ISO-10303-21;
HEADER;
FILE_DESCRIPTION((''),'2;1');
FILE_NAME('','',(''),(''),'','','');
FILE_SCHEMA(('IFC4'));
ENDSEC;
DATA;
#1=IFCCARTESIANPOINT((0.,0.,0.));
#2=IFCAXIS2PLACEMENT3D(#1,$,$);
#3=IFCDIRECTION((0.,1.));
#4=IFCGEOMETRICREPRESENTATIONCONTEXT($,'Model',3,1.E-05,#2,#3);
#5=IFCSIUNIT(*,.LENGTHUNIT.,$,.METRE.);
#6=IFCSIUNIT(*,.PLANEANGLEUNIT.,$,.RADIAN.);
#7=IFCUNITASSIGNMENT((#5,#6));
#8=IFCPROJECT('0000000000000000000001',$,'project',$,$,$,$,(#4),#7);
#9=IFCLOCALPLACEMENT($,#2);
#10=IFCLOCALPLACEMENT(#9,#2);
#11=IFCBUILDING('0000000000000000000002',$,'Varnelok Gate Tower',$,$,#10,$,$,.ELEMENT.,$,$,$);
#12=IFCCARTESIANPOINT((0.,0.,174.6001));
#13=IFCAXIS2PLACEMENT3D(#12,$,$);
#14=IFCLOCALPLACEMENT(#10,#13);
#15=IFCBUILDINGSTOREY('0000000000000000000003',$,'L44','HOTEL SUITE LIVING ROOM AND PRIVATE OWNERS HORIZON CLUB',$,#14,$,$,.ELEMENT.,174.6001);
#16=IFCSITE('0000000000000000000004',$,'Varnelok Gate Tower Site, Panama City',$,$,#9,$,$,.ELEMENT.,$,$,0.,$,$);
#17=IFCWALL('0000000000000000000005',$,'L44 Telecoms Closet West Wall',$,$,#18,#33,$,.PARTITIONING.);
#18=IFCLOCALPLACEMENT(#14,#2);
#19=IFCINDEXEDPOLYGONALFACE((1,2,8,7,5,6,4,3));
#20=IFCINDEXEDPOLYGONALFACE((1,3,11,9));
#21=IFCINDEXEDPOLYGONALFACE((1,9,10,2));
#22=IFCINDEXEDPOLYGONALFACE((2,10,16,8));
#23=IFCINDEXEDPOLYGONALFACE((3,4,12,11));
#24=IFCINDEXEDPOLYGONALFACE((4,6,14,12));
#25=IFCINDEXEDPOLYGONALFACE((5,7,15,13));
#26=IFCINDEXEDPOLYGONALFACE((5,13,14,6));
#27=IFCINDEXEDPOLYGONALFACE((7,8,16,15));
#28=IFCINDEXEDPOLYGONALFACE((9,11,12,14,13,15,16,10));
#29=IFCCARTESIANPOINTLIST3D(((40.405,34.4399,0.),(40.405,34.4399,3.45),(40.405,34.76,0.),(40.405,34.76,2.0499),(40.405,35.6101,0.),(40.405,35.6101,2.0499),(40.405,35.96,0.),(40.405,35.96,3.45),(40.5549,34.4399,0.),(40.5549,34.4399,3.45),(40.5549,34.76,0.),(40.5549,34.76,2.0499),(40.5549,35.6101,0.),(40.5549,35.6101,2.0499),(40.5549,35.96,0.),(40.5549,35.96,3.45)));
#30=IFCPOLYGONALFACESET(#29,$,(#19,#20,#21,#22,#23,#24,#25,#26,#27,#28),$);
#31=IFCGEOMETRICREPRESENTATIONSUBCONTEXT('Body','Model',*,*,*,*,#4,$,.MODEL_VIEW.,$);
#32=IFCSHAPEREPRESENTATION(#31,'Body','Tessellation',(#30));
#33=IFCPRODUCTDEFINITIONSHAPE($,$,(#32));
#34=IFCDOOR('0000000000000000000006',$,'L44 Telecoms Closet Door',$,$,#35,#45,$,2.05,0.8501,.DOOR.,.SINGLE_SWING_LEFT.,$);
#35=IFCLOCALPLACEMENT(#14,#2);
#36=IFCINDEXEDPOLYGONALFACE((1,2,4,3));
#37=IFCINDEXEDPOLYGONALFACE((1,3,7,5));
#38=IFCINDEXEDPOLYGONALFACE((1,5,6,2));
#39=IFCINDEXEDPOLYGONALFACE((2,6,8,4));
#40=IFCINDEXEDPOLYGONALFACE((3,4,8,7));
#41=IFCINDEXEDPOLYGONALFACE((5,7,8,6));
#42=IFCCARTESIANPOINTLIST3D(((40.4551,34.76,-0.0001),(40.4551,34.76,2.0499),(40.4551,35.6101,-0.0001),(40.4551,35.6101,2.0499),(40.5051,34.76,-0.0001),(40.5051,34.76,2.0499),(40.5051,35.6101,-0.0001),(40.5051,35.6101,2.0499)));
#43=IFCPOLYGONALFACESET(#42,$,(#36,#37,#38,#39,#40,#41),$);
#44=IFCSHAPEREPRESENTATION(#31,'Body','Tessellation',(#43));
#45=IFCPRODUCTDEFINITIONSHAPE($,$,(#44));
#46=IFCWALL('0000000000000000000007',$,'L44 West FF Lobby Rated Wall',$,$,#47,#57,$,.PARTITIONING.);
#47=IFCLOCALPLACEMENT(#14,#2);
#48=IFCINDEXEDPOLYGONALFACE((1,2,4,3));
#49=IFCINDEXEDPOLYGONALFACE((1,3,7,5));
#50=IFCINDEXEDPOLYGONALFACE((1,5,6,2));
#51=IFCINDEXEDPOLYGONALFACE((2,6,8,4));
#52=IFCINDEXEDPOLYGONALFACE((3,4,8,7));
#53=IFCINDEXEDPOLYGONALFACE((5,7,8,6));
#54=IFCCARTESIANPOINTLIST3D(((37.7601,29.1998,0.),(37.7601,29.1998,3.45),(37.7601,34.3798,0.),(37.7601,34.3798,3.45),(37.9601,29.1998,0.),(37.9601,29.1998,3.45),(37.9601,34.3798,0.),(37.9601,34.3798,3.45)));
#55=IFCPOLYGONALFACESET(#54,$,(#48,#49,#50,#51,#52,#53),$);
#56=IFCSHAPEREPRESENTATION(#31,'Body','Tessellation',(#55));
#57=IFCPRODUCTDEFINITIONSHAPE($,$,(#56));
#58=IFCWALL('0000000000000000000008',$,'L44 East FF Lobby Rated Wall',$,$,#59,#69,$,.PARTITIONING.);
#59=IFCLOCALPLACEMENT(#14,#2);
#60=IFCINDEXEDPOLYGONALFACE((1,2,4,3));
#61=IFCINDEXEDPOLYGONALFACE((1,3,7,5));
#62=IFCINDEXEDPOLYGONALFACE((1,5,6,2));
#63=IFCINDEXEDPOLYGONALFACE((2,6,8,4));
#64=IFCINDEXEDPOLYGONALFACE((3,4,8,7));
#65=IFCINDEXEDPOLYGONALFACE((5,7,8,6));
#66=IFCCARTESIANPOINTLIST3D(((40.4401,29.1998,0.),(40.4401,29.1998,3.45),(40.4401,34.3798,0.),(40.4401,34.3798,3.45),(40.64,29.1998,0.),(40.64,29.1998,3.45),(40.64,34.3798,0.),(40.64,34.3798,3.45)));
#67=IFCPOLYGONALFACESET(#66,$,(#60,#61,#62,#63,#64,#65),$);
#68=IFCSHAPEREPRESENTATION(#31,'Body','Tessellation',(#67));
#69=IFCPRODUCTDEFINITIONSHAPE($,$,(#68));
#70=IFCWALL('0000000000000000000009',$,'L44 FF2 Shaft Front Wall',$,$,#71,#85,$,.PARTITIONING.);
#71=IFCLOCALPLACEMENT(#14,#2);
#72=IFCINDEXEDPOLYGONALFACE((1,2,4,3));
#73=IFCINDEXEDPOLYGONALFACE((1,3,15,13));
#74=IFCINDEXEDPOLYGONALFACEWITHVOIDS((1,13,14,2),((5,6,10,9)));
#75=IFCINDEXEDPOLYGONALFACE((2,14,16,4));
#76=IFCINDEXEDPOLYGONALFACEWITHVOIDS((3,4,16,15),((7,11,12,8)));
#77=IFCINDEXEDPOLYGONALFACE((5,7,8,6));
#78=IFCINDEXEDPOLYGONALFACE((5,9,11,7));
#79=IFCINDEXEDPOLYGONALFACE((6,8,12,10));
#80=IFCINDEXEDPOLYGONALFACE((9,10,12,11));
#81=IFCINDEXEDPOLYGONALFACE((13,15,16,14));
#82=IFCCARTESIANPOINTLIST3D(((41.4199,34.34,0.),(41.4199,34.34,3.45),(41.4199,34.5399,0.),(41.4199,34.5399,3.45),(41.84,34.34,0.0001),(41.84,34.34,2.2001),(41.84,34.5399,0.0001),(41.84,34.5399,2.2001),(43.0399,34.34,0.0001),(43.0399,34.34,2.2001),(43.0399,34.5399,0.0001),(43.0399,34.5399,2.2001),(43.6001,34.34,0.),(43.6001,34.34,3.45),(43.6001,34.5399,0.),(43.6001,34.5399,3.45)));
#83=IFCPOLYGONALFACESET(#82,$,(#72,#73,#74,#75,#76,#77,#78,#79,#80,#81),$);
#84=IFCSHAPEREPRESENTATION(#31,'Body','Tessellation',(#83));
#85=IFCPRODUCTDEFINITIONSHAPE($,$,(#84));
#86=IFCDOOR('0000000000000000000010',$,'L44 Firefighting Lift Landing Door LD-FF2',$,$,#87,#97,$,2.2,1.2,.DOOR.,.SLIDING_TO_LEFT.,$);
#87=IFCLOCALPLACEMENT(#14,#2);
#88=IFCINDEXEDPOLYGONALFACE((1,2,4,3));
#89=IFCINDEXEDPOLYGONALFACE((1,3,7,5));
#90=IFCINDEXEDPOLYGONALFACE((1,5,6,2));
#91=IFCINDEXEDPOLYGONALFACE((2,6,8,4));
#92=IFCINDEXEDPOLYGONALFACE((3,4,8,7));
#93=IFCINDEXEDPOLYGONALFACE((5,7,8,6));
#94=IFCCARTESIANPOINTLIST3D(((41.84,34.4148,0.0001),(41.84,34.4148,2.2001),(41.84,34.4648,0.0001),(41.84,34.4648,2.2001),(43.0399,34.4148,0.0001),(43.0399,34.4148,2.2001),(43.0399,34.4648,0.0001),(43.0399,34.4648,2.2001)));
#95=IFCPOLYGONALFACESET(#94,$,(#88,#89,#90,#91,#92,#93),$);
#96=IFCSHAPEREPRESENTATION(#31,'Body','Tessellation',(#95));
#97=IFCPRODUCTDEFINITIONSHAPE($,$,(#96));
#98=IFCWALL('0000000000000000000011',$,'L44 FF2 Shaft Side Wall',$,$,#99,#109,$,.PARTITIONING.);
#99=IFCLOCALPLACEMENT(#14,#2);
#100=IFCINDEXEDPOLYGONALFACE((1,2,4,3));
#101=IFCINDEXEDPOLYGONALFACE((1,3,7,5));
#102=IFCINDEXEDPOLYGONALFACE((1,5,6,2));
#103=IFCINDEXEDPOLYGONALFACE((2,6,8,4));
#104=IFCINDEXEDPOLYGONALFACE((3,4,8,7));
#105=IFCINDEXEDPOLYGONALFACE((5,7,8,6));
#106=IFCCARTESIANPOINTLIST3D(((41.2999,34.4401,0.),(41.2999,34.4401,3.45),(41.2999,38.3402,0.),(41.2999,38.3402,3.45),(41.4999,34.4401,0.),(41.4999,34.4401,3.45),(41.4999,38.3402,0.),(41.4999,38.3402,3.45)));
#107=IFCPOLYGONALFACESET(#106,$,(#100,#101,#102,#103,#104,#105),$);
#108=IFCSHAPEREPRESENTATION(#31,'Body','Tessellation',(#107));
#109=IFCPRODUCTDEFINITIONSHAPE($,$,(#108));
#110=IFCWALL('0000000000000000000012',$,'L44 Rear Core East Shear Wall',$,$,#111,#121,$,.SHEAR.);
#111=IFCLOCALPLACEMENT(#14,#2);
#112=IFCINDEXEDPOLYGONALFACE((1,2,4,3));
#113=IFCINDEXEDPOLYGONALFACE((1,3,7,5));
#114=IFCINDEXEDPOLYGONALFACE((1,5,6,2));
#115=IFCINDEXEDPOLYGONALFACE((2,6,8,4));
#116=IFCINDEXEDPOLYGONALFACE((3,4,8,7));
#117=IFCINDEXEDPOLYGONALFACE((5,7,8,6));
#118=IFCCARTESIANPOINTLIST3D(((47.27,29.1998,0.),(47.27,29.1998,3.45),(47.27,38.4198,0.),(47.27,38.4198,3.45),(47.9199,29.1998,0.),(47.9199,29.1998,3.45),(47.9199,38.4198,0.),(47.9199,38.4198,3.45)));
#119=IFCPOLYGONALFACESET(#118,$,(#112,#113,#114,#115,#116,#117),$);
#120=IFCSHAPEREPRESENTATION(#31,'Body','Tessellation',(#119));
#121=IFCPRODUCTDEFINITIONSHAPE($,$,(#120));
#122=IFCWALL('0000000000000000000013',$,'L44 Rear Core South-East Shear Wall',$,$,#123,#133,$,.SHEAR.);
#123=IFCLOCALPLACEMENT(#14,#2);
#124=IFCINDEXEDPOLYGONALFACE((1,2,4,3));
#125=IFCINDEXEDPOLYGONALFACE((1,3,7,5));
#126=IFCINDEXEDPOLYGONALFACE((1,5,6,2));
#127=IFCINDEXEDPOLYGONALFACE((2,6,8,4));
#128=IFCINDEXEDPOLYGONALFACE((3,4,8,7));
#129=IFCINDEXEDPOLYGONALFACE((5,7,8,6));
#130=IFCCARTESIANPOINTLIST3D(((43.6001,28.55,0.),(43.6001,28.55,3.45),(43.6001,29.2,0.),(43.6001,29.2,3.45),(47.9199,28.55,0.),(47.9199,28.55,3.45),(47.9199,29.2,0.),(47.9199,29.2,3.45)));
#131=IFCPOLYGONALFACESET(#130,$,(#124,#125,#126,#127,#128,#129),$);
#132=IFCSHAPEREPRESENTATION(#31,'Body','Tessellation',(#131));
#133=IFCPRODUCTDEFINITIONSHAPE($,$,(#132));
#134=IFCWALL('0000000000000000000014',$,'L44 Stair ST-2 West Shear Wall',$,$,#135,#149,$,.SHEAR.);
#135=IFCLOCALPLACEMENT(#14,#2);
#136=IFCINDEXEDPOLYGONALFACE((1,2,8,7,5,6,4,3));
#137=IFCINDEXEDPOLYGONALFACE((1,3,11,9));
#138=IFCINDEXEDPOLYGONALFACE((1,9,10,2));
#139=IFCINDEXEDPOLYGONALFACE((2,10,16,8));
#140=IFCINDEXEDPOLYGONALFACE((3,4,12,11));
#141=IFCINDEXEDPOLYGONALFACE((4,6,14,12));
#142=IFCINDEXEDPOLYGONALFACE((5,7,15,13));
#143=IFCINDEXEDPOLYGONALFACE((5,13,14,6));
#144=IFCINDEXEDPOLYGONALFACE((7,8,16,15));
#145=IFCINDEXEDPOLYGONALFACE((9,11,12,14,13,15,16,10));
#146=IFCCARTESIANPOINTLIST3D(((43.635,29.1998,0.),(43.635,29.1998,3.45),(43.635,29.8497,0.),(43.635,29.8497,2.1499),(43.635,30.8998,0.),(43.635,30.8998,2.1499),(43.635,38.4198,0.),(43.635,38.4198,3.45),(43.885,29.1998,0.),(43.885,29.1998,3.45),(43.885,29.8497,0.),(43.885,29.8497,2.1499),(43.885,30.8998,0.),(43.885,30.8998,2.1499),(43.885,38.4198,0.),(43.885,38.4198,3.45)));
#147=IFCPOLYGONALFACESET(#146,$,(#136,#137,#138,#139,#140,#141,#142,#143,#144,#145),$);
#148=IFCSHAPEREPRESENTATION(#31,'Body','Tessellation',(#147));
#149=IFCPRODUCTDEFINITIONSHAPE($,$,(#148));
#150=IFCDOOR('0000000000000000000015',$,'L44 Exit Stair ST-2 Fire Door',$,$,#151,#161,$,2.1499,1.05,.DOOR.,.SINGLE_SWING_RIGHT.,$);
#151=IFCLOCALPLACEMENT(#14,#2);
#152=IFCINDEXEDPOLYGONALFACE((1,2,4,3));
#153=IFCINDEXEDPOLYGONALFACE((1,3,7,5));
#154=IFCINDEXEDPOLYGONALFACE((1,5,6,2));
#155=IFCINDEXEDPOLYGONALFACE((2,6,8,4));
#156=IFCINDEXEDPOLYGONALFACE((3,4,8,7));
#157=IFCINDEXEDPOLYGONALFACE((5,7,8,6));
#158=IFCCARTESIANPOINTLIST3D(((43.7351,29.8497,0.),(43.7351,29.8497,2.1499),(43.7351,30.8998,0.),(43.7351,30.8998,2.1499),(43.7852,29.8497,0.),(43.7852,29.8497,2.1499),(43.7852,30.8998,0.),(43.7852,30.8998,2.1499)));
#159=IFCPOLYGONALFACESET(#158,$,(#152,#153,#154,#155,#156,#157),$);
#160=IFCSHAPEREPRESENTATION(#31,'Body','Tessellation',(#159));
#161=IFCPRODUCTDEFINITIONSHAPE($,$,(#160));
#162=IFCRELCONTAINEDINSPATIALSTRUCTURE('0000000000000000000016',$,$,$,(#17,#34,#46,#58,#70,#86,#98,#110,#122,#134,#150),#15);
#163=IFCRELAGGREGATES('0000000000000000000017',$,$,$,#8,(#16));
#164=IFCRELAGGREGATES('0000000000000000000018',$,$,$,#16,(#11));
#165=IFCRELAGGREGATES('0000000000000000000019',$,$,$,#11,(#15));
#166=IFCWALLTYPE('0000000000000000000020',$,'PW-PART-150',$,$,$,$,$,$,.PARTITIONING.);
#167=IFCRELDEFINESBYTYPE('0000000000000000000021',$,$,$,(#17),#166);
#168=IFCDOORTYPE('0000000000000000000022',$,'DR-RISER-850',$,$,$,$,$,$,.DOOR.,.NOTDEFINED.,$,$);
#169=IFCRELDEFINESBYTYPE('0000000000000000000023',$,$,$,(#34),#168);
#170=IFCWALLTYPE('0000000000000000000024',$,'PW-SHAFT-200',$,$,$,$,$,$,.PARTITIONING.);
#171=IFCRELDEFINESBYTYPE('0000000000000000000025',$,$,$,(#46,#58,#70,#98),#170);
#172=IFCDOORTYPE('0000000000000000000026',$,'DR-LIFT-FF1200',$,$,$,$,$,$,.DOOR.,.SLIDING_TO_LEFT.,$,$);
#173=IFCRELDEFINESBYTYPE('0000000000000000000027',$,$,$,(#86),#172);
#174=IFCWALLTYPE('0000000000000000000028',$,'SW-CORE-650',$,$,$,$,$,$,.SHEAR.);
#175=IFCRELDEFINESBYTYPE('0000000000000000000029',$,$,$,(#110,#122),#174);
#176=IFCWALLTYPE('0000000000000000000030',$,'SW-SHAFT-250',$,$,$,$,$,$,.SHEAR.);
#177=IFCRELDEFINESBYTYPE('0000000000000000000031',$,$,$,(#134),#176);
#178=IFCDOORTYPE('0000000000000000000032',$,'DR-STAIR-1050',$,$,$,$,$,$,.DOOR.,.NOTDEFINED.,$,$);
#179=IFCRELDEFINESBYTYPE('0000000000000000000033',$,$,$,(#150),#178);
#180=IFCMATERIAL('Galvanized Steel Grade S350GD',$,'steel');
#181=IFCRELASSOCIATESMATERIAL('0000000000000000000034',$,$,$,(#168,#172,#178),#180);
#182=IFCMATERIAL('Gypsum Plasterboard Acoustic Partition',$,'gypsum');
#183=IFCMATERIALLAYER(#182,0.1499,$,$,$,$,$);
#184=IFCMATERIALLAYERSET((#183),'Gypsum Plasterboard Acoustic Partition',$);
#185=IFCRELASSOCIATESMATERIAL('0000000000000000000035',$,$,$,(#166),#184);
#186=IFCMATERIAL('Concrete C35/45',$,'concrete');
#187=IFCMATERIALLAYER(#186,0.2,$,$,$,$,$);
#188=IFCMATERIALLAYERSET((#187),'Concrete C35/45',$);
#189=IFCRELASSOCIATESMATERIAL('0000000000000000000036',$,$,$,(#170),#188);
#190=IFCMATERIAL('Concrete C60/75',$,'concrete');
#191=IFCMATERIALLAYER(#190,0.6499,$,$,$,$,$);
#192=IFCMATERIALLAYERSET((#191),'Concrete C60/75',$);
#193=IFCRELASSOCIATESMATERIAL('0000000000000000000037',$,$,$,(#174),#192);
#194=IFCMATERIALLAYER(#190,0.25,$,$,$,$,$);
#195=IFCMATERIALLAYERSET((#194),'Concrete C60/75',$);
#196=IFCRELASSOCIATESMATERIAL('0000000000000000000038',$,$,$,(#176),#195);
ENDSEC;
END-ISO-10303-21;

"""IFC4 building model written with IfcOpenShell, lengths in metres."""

from ifc_helpers import new_model, si_unit, direction, frame, frame_2d, origin, place, context, subcontext, project, spatial, rectangle, extrude, material, layer, layer_set, type_object, element, fill, save


model = new_model("IFC4")

# Units and contexts
model_context = context("Model", 3, precision=1e-05, world=origin(), true_north=direction((0.0, 1.0)))
body_context = subcontext(model_context, "Body", "Model", "MODEL_VIEW")
ifc_project = project(units=[si_unit("LENGTHUNIT", "METRE"), si_unit("PLANEANGLEUNIT", "RADIAN")], contexts=[model_context])

# Site, building, storey
site_placement = place(None, origin())
site = spatial("IfcSite", under=ifc_project, at=site_placement, Name="Varnelok Gate Tower Site, Panama City", CompositionType="ELEMENT", RefElevation=0.0)
building_placement = place(site_placement, origin())
building = spatial("IfcBuilding", under=site, at=building_placement, Name="Varnelok Gate Tower", CompositionType="ELEMENT")
storey_placement = place(building_placement, frame((0.0, 0.0, 174.6001)))
storey = spatial("IfcBuildingStorey", under=building, at=storey_placement, Name="L44", Description="HOTEL SUITE LIVING ROOM AND PRIVATE OWNERS HORIZON CLUB", CompositionType="ELEMENT", Elevation=174.6001)

# Shared definitions
ifc_material_1 = material(Name="Concrete C60/75", Category="concrete")

# Wall, opening, door
ifc_material_2 = material(Name="Gypsum Plasterboard Acoustic Partition", Category="gypsum")
ifc_material_3 = material(Name="Galvanized Steel Grade S350GD", Category="steel")
door_type_1 = type_object("IfcDoorType", Name="DR-RISER-850", OperationType="NOTDEFINED", PredefinedType="DOOR", material=ifc_material_3)
ifc_layer_1 = layer(ifc_material_2, 0.1499)
ifc_layer_set_1 = layer_set([ifc_layer_1], Name="Gypsum Plasterboard Acoustic Partition")
wall_type_1 = type_object("IfcWallType", Name="PW-PART-150", PredefinedType="PARTITIONING", material=ifc_layer_set_1)
wall_1_placement = place(storey_placement, frame((40.48, 34.4399, 0.0), z_axis=(0.0, 0.0, 1.0), x_axis=(0.0, 1.0, 0.0)))
wall_1 = element("IfcWall", 1, at=wall_1_placement, inside=storey, type_object=wall_type_1, Name="L44 Telecoms Closet West Wall", PredefinedType="PARTITIONING", context=body_context, shape_type="SweptSolid", body=[
    extrude(rectangle(XDim=1.52, YDim=0.1499, at=frame_2d((0.76, 0.0))), origin(), (0.0, 0.0, 1.0), 3.45),
])
opening_1_placement = place(wall_1_placement, frame((0.3201, 0.0, 0.0)))
opening_1 = element("IfcOpeningElement", 2, at=opening_1_placement, cuts=wall_1, PredefinedType="OPENING", context=body_context, shape_type="SweptSolid", body=[
    extrude(rectangle(XDim=0.8501, YDim=2.05, at=frame_2d((0.425, 1.0249))), frame((0.0, 0.085, 0.0), z_axis=(0.0, -1.0, 0.0), x_axis=(1.0, 0.0, 0.0)), (0.0, 0.0, 1.0), 0.1699),
])
door_1_placement = place(opening_1_placement, origin())
door_1 = element("IfcDoor", 3, at=door_1_placement, inside=storey, type_object=door_type_1, Name="L44 Telecoms Closet Door", OperationType="SINGLE_SWING_LEFT", OverallHeight=2.05, OverallWidth=0.8501, PredefinedType="DOOR", context=body_context, shape_type="SweptSolid", body=[
    extrude(rectangle(XDim=0.8501, YDim=2.05, at=frame_2d((0.425, 1.0249))), frame((0.0, 0.0249, 0.0), z_axis=(0.0, -1.0, 0.0), x_axis=(1.0, 0.0, 0.0)), (0.0, 0.0, 1.0), 0.05),
])
fill(opening_1, door_1)

# Walls
ifc_material_4 = material(Name="Concrete C35/45", Category="concrete")
ifc_layer_2 = layer(ifc_material_4, 0.2)
ifc_layer_set_2 = layer_set([ifc_layer_2], Name="Concrete C35/45")
wall_type_2 = type_object("IfcWallType", Name="PW-SHAFT-200", PredefinedType="PARTITIONING", material=ifc_layer_set_2)
for number, where, z_axis, x_axis, name in (
    (4, (37.8601, 29.2, 0.0), (0.0, 0.0, 1.0), (0.0, 1.0, 0.0), "L44 West FF Lobby Rated Wall"),
    (5, (40.54, 29.2, 0.0), (0.0, 0.0, 1.0), (0.0, 1.0, 0.0), "L44 East FF Lobby Rated Wall"),
):
    element("IfcWall", number, at=place(storey_placement, frame(where, z_axis=z_axis, x_axis=x_axis)), inside=storey, type_object=wall_type_2, Name=name, PredefinedType="PARTITIONING", context=body_context, shape_type="SweptSolid", body=[
        extrude(rectangle(XDim=5.1799, YDim=0.2, at=frame_2d((2.5898, 0.0))), origin(), (0.0, 0.0, 1.0), 3.45),
    ])

# Wall, opening, door
wall_2_placement = place(storey_placement, frame((41.4199, 34.4399, 0.0), z_axis=(0.0, 0.0, 1.0), x_axis=(1.0, 0.0, 0.0)))
wall_2 = element("IfcWall", 6, at=wall_2_placement, inside=storey, type_object=wall_type_2, Name="L44 FF2 Shaft Front Wall", PredefinedType="PARTITIONING", context=body_context, shape_type="SweptSolid", body=[
    extrude(rectangle(XDim=2.1802, YDim=0.2, at=frame_2d((1.0901, 0.0))), origin(), (0.0, 0.0, 1.0), 3.45),
])
opening_2_placement = place(wall_2_placement, frame((0.4199, 0.0, 0.0)))
opening_2 = element("IfcOpeningElement", 7, at=opening_2_placement, cuts=wall_2, PredefinedType="OPENING", context=body_context, shape_type="SweptSolid", body=[
    extrude(rectangle(XDim=1.2, YDim=2.2, at=frame_2d((0.6001, 1.1001))), frame((0.0, 0.1099, 0.0), z_axis=(0.0, -1.0, 0.0), x_axis=(1.0, 0.0, 0.0)), (0.0, 0.0, 1.0), 0.22),
])
door_type_2 = type_object("IfcDoorType", Name="DR-LIFT-FF1200", OperationType="SLIDING_TO_LEFT", PredefinedType="DOOR", material=ifc_material_3)
door_2_placement = place(opening_2_placement, origin())
door_2 = element("IfcDoor", 8, at=door_2_placement, inside=storey, type_object=door_type_2, Name="L44 Firefighting Lift Landing Door LD-FF2", OperationType="SLIDING_TO_LEFT", OverallHeight=2.2, OverallWidth=1.2, PredefinedType="DOOR", context=body_context, shape_type="SweptSolid", body=[
    extrude(rectangle(XDim=1.2, YDim=2.2, at=frame_2d((0.6001, 1.1001))), frame((0.0, 0.0249, 0.0), z_axis=(0.0, -1.0, 0.0), x_axis=(1.0, 0.0, 0.0)), (0.0, 0.0, 1.0), 0.05),
])
fill(opening_2, door_2)

# Walls
wall_3_placement = place(storey_placement, frame((41.3999, 34.4399, 0.0), z_axis=(0.0, 0.0, 1.0), x_axis=(0.0, 1.0, 0.0)))
element("IfcWall", 9, at=wall_3_placement, inside=storey, type_object=wall_type_2, Name="L44 FF2 Shaft Side Wall", PredefinedType="PARTITIONING", context=body_context, shape_type="SweptSolid", body=[
    extrude(rectangle(XDim=3.9001, YDim=0.2, at=frame_2d((1.9502, 0.0))), origin(), (0.0, 0.0, 1.0), 3.45),
])
ifc_layer_3 = layer(ifc_material_1, 0.6499)
ifc_layer_set_3 = layer_set([ifc_layer_3], Name="Concrete C60/75")
wall_type_3 = type_object("IfcWallType", Name="SW-CORE-650", PredefinedType="SHEAR", material=ifc_layer_set_3)
wall_4_placement = place(storey_placement, frame((47.595, 29.2, 0.0), z_axis=(0.0, 0.0, 1.0), x_axis=(0.0, 1.0, 0.0)))
element("IfcWall", 10, at=wall_4_placement, inside=storey, type_object=wall_type_3, Name="L44 Rear Core East Shear Wall", PredefinedType="SHEAR", context=body_context, shape_type="SweptSolid", body=[
    extrude(rectangle(XDim=9.22, YDim=0.6499, at=frame_2d((4.6099, 0.0))), origin(), (0.0, 0.0, 1.0), 3.45),
])
wall_5_placement = place(storey_placement, frame((43.6001, 28.875, 0.0), z_axis=(0.0, 0.0, 1.0), x_axis=(1.0, 0.0, 0.0)))
element("IfcWall", 11, at=wall_5_placement, inside=storey, type_object=wall_type_3, Name="L44 Rear Core South-East Shear Wall", PredefinedType="SHEAR", context=body_context, shape_type="SweptSolid", body=[
    extrude(rectangle(XDim=4.3198, YDim=0.6499, at=frame_2d((2.1599, 0.0))), origin(), (0.0, 0.0, 1.0), 3.45),
])

# Wall, opening, door
ifc_layer_4 = layer(ifc_material_1, 0.25)
ifc_layer_set_4 = layer_set([ifc_layer_4], Name="Concrete C60/75")
wall_type_4 = type_object("IfcWallType", Name="SW-SHAFT-250", PredefinedType="SHEAR", material=ifc_layer_set_4)
wall_6_placement = place(storey_placement, frame((43.76, 29.2, 0.0), z_axis=(0.0, 0.0, 1.0), x_axis=(0.0, 1.0, 0.0)))
wall_6 = element("IfcWall", 12, at=wall_6_placement, inside=storey, type_object=wall_type_4, Name="L44 Stair ST-2 West Shear Wall", PredefinedType="SHEAR", context=body_context, shape_type="SweptSolid", body=[
    extrude(rectangle(XDim=9.22, YDim=0.25, at=frame_2d((4.6099, 0.0))), origin(), (0.0, 0.0, 1.0), 3.45),
])
opening_3_placement = place(wall_6_placement, frame((0.6499, 0.0, 0.0)))
opening_3 = element("IfcOpeningElement", 13, at=opening_3_placement, cuts=wall_6, PredefinedType="OPENING", context=body_context, shape_type="SweptSolid", body=[
    extrude(rectangle(XDim=1.05, YDim=2.1499, at=frame_2d((0.5249, 1.075))), frame((0.0, 0.135, 0.0), z_axis=(0.0, -1.0, 0.0), x_axis=(1.0, 0.0, 0.0)), (0.0, 0.0, 1.0), 0.27),
])
door_type_3 = type_object("IfcDoorType", Name="DR-STAIR-1050", OperationType="NOTDEFINED", PredefinedType="DOOR", material=ifc_material_3)
door_3_placement = place(opening_3_placement, origin())
door_3 = element("IfcDoor", 14, at=door_3_placement, inside=storey, type_object=door_type_3, Name="L44 Exit Stair ST-2 Fire Door", OperationType="SINGLE_SWING_RIGHT", OverallHeight=2.1499, OverallWidth=1.05, PredefinedType="DOOR", context=body_context, shape_type="SweptSolid", body=[
    extrude(rectangle(XDim=1.05, YDim=2.1499, at=frame_2d((0.5249, 1.075))), frame((0.0, 0.0249, 0.0), z_axis=(0.0, -1.0, 0.0), x_axis=(1.0, 0.0, 0.0)), (0.0, 0.0, 1.0), 0.05),
])
fill(opening_3, door_3)

save(model, "model.ifc")
